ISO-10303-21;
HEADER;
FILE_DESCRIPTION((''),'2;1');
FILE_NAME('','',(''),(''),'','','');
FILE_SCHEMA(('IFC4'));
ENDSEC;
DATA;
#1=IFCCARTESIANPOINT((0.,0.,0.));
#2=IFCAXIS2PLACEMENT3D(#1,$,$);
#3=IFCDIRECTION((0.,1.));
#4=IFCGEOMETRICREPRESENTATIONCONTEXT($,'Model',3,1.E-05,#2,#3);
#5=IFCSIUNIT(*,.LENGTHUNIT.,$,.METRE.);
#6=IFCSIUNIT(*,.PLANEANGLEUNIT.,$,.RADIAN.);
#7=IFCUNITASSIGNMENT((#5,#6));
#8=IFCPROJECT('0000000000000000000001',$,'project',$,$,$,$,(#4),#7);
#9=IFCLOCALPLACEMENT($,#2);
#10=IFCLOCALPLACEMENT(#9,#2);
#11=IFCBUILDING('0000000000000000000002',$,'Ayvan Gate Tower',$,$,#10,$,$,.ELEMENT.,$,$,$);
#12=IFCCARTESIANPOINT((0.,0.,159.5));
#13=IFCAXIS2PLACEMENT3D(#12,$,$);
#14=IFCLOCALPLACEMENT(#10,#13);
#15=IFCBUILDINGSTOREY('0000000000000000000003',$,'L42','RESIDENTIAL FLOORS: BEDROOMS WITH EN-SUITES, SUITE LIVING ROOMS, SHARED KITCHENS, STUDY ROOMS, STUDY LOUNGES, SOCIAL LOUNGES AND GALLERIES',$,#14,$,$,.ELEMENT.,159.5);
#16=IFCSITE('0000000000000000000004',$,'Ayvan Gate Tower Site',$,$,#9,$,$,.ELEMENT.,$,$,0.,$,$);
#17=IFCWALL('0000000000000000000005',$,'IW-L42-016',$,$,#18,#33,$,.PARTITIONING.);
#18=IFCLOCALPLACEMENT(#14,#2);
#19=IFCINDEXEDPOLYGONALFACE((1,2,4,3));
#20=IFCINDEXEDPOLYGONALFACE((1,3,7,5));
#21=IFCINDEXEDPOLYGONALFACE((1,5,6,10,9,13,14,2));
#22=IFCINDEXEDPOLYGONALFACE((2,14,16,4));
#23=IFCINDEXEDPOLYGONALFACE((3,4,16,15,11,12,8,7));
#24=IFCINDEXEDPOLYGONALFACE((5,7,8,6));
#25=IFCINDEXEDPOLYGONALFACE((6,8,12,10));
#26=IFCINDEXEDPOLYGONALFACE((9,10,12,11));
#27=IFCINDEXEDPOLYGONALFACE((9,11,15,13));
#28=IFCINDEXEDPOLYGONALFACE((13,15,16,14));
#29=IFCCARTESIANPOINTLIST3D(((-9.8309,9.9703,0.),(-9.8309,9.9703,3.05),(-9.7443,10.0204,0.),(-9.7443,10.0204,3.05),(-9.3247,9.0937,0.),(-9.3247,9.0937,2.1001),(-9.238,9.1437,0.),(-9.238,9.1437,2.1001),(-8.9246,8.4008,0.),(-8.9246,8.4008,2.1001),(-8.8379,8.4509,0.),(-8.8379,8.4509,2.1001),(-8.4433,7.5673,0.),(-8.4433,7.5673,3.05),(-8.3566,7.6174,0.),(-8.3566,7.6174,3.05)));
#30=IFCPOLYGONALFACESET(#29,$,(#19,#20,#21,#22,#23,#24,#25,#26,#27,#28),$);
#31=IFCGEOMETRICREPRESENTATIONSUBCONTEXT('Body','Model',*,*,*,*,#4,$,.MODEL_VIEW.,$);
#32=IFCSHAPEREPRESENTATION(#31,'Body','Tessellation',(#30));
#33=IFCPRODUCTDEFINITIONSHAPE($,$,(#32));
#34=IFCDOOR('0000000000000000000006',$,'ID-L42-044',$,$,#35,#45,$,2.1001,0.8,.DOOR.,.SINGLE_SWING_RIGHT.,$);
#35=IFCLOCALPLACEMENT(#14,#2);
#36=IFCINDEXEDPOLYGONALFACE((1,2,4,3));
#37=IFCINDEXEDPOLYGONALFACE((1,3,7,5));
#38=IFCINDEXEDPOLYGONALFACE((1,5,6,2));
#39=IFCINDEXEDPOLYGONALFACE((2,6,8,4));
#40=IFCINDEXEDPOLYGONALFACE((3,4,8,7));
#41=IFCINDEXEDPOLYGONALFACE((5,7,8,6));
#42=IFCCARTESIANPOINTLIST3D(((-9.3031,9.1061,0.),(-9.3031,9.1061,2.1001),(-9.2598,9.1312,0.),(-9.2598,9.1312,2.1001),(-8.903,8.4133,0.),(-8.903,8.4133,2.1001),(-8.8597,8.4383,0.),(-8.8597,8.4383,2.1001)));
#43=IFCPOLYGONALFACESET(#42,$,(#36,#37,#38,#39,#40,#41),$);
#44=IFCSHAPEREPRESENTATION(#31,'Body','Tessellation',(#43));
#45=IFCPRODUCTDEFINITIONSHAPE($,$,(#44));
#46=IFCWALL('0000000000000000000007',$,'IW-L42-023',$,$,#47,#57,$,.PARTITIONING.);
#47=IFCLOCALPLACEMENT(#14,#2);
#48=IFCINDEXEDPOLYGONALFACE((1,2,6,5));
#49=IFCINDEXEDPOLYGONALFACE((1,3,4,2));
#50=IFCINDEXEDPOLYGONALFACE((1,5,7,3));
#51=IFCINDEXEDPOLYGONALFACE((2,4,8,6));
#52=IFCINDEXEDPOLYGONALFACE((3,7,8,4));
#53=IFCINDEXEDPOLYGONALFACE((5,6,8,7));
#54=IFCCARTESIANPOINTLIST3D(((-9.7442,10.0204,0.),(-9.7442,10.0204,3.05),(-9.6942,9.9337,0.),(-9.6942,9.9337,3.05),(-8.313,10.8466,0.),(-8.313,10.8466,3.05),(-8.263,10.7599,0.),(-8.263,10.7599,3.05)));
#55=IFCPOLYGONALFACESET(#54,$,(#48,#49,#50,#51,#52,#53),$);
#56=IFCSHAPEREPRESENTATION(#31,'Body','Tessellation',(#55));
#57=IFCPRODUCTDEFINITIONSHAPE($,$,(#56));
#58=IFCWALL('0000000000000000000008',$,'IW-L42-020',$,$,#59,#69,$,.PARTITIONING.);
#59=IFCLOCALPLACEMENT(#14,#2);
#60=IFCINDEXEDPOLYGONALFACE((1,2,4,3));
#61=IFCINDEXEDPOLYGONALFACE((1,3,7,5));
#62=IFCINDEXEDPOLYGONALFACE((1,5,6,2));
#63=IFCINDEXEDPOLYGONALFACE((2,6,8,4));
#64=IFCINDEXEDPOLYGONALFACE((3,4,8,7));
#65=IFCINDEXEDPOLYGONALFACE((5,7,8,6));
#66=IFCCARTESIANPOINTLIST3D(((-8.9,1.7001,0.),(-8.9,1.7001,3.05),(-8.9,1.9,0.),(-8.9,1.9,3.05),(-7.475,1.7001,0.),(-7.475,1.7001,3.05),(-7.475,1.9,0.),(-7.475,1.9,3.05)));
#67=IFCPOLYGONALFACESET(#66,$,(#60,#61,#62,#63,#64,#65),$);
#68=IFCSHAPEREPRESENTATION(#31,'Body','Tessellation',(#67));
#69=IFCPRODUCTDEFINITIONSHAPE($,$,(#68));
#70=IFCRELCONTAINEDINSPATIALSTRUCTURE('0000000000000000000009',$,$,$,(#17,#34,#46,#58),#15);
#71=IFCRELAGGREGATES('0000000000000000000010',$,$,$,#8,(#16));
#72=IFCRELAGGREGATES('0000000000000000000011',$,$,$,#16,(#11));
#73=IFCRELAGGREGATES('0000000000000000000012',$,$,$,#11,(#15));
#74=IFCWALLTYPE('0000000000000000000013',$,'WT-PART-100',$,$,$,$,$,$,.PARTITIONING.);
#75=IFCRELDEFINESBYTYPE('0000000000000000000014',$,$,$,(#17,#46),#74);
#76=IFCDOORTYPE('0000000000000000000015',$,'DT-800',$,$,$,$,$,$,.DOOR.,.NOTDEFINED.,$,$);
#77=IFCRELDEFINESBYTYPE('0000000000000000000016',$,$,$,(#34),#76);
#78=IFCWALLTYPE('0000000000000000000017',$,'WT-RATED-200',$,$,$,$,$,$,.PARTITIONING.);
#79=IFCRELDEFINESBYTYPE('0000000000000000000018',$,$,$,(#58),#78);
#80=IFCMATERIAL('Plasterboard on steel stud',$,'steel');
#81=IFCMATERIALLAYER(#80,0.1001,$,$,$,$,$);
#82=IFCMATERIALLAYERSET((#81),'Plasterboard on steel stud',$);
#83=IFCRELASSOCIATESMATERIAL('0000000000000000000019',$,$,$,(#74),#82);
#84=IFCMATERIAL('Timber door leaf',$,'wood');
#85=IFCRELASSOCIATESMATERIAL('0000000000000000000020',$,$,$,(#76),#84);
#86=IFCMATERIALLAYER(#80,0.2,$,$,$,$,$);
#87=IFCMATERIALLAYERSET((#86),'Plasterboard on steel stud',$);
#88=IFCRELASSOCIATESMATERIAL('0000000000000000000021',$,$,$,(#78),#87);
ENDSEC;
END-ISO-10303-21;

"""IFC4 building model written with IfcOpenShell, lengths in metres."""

from ifc_helpers import new_model, si_unit, direction, frame, frame_2d, origin, place, context, subcontext, project, spatial, rectangle, extrude, material, layer, layer_set, type_object, element, fill, save


model = new_model("IFC4")

# Units and contexts
model_context = context("Model", 3, precision=1e-05, world=origin(), true_north=direction((0.0, 1.0)))
body_context = subcontext(model_context, "Body", "Model", "MODEL_VIEW")
ifc_project = project(units=[si_unit("LENGTHUNIT", "METRE"), si_unit("PLANEANGLEUNIT", "RADIAN")], contexts=[model_context])

# Site, building, storey
site_placement = place(None, origin())
site = spatial("IfcSite", under=ifc_project, at=site_placement, Name="Ayvan Gate Tower Site", CompositionType="ELEMENT", RefElevation=0.0)
building_placement = place(site_placement, origin())
building = spatial("IfcBuilding", under=site, at=building_placement, Name="Ayvan Gate Tower", CompositionType="ELEMENT")
storey_placement = place(building_placement, frame((0.0, 0.0, 159.5)))
storey = spatial("IfcBuildingStorey", under=building, at=storey_placement, Name="L42", Description="RESIDENTIAL FLOORS: BEDROOMS WITH EN-SUITES, SUITE LIVING ROOMS, SHARED KITCHENS, STUDY ROOMS, STUDY LOUNGES, SOCIAL LOUNGES AND GALLERIES", CompositionType="ELEMENT", Elevation=159.5)

# Shared definitions
ifc_material_1 = material(Name="Timber door leaf", Category="wood")

# Shared definitions
ifc_material_2 = material(Name="Plasterboard on steel stud", Category="steel")

# Shared definitions
ifc_layer_1 = layer(ifc_material_2, 0.1001)
ifc_layer_set_1 = layer_set([ifc_layer_1], Name="Plasterboard on steel stud")
wall_type_1 = type_object("IfcWallType", Name="WT-PART-100", PredefinedType="PARTITIONING", material=ifc_layer_set_1)

# Wall, opening, door
door_type_1 = type_object("IfcDoorType", Name="DT-800", OperationType="NOTDEFINED", PredefinedType="DOOR", material=ifc_material_1)
wall_1_placement = place(storey_placement, frame((-9.7876, 9.9954, 0.0), z_axis=(0.0, 0.0, 1.0), x_axis=(0.500075, -0.865982, 0.0)))
wall_1 = element("IfcWall", 1, at=wall_1_placement, inside=storey, type_object=wall_type_1, Name="IW-L42-016", PredefinedType="PARTITIONING", context=body_context, shape_type="SweptSolid", body=[
    extrude(rectangle(XDim=2.7749, YDim=0.1001, at=frame_2d((1.3875, 0.0))), origin(), (0.0, 0.0, 1.0), 3.05),
])
opening_1_placement = place(wall_1_placement, frame((1.0125, 0.0, 0.0)))
opening_1 = element("IfcOpeningElement", 2, at=opening_1_placement, cuts=wall_1, PredefinedType="OPENING", context=body_context, shape_type="SweptSolid", body=[
    extrude(rectangle(XDim=0.8, YDim=2.1001, at=frame_2d((0.3999, 1.05))), frame((0.0, 0.0601, 0.0), z_axis=(0.0, -1.0, 0.0), x_axis=(1.0, 0.0, 0.0)), (0.0, 0.0, 1.0), 0.1201),
])
door_1_placement = place(opening_1_placement, origin())
door_1 = element("IfcDoor", 3, at=door_1_placement, inside=storey, type_object=door_type_1, Name="ID-L42-044", OperationType="SINGLE_SWING_RIGHT", OverallHeight=2.1001, OverallWidth=0.8, PredefinedType="DOOR", context=body_context, shape_type="SweptSolid", body=[
    extrude(rectangle(XDim=0.8, YDim=2.1001, at=frame_2d((0.3999, 1.05))), frame((0.0, 0.0249, 0.0), z_axis=(0.0, -1.0, 0.0), x_axis=(1.0, 0.0, 0.0)), (0.0, 0.0, 1.0), 0.05),
])
fill(opening_1, door_1)

# Walls
wall_2_placement = place(storey_placement, frame((-8.2881, 10.8032, 0.0), z_axis=(0.0, 0.0, 1.0), x_axis=(-0.866053, -0.499953, 0.0)))
element("IfcWall", 4, at=wall_2_placement, inside=storey, type_object=wall_type_1, Name="IW-L42-023", PredefinedType="PARTITIONING", context=body_context, shape_type="SweptSolid", body=[
    extrude(rectangle(XDim=1.6526, YDim=0.1001, at=frame_2d((0.8262, 0.0))), origin(), (0.0, 0.0, 1.0), 3.05),
])
ifc_layer_2 = layer(ifc_material_2, 0.2)
ifc_layer_set_2 = layer_set([ifc_layer_2], Name="Plasterboard on steel stud")
wall_type_2 = type_object("IfcWallType", Name="WT-RATED-200", PredefinedType="PARTITIONING", material=ifc_layer_set_2)
wall_3_placement = place(storey_placement, frame((-8.8999, 1.8, 0.0), z_axis=(0.0, 0.0, 1.0), x_axis=(1.0, 0.0, 0.0)))
element("IfcWall", 5, at=wall_3_placement, inside=storey, type_object=wall_type_2, Name="IW-L42-020", PredefinedType="PARTITIONING", context=body_context, shape_type="SweptSolid", body=[
    extrude(rectangle(XDim=1.425, YDim=0.2, at=frame_2d((0.7124, 0.0))), origin(), (0.0, 0.0, 1.0), 3.05),
])

save(model, "model.ifc")
